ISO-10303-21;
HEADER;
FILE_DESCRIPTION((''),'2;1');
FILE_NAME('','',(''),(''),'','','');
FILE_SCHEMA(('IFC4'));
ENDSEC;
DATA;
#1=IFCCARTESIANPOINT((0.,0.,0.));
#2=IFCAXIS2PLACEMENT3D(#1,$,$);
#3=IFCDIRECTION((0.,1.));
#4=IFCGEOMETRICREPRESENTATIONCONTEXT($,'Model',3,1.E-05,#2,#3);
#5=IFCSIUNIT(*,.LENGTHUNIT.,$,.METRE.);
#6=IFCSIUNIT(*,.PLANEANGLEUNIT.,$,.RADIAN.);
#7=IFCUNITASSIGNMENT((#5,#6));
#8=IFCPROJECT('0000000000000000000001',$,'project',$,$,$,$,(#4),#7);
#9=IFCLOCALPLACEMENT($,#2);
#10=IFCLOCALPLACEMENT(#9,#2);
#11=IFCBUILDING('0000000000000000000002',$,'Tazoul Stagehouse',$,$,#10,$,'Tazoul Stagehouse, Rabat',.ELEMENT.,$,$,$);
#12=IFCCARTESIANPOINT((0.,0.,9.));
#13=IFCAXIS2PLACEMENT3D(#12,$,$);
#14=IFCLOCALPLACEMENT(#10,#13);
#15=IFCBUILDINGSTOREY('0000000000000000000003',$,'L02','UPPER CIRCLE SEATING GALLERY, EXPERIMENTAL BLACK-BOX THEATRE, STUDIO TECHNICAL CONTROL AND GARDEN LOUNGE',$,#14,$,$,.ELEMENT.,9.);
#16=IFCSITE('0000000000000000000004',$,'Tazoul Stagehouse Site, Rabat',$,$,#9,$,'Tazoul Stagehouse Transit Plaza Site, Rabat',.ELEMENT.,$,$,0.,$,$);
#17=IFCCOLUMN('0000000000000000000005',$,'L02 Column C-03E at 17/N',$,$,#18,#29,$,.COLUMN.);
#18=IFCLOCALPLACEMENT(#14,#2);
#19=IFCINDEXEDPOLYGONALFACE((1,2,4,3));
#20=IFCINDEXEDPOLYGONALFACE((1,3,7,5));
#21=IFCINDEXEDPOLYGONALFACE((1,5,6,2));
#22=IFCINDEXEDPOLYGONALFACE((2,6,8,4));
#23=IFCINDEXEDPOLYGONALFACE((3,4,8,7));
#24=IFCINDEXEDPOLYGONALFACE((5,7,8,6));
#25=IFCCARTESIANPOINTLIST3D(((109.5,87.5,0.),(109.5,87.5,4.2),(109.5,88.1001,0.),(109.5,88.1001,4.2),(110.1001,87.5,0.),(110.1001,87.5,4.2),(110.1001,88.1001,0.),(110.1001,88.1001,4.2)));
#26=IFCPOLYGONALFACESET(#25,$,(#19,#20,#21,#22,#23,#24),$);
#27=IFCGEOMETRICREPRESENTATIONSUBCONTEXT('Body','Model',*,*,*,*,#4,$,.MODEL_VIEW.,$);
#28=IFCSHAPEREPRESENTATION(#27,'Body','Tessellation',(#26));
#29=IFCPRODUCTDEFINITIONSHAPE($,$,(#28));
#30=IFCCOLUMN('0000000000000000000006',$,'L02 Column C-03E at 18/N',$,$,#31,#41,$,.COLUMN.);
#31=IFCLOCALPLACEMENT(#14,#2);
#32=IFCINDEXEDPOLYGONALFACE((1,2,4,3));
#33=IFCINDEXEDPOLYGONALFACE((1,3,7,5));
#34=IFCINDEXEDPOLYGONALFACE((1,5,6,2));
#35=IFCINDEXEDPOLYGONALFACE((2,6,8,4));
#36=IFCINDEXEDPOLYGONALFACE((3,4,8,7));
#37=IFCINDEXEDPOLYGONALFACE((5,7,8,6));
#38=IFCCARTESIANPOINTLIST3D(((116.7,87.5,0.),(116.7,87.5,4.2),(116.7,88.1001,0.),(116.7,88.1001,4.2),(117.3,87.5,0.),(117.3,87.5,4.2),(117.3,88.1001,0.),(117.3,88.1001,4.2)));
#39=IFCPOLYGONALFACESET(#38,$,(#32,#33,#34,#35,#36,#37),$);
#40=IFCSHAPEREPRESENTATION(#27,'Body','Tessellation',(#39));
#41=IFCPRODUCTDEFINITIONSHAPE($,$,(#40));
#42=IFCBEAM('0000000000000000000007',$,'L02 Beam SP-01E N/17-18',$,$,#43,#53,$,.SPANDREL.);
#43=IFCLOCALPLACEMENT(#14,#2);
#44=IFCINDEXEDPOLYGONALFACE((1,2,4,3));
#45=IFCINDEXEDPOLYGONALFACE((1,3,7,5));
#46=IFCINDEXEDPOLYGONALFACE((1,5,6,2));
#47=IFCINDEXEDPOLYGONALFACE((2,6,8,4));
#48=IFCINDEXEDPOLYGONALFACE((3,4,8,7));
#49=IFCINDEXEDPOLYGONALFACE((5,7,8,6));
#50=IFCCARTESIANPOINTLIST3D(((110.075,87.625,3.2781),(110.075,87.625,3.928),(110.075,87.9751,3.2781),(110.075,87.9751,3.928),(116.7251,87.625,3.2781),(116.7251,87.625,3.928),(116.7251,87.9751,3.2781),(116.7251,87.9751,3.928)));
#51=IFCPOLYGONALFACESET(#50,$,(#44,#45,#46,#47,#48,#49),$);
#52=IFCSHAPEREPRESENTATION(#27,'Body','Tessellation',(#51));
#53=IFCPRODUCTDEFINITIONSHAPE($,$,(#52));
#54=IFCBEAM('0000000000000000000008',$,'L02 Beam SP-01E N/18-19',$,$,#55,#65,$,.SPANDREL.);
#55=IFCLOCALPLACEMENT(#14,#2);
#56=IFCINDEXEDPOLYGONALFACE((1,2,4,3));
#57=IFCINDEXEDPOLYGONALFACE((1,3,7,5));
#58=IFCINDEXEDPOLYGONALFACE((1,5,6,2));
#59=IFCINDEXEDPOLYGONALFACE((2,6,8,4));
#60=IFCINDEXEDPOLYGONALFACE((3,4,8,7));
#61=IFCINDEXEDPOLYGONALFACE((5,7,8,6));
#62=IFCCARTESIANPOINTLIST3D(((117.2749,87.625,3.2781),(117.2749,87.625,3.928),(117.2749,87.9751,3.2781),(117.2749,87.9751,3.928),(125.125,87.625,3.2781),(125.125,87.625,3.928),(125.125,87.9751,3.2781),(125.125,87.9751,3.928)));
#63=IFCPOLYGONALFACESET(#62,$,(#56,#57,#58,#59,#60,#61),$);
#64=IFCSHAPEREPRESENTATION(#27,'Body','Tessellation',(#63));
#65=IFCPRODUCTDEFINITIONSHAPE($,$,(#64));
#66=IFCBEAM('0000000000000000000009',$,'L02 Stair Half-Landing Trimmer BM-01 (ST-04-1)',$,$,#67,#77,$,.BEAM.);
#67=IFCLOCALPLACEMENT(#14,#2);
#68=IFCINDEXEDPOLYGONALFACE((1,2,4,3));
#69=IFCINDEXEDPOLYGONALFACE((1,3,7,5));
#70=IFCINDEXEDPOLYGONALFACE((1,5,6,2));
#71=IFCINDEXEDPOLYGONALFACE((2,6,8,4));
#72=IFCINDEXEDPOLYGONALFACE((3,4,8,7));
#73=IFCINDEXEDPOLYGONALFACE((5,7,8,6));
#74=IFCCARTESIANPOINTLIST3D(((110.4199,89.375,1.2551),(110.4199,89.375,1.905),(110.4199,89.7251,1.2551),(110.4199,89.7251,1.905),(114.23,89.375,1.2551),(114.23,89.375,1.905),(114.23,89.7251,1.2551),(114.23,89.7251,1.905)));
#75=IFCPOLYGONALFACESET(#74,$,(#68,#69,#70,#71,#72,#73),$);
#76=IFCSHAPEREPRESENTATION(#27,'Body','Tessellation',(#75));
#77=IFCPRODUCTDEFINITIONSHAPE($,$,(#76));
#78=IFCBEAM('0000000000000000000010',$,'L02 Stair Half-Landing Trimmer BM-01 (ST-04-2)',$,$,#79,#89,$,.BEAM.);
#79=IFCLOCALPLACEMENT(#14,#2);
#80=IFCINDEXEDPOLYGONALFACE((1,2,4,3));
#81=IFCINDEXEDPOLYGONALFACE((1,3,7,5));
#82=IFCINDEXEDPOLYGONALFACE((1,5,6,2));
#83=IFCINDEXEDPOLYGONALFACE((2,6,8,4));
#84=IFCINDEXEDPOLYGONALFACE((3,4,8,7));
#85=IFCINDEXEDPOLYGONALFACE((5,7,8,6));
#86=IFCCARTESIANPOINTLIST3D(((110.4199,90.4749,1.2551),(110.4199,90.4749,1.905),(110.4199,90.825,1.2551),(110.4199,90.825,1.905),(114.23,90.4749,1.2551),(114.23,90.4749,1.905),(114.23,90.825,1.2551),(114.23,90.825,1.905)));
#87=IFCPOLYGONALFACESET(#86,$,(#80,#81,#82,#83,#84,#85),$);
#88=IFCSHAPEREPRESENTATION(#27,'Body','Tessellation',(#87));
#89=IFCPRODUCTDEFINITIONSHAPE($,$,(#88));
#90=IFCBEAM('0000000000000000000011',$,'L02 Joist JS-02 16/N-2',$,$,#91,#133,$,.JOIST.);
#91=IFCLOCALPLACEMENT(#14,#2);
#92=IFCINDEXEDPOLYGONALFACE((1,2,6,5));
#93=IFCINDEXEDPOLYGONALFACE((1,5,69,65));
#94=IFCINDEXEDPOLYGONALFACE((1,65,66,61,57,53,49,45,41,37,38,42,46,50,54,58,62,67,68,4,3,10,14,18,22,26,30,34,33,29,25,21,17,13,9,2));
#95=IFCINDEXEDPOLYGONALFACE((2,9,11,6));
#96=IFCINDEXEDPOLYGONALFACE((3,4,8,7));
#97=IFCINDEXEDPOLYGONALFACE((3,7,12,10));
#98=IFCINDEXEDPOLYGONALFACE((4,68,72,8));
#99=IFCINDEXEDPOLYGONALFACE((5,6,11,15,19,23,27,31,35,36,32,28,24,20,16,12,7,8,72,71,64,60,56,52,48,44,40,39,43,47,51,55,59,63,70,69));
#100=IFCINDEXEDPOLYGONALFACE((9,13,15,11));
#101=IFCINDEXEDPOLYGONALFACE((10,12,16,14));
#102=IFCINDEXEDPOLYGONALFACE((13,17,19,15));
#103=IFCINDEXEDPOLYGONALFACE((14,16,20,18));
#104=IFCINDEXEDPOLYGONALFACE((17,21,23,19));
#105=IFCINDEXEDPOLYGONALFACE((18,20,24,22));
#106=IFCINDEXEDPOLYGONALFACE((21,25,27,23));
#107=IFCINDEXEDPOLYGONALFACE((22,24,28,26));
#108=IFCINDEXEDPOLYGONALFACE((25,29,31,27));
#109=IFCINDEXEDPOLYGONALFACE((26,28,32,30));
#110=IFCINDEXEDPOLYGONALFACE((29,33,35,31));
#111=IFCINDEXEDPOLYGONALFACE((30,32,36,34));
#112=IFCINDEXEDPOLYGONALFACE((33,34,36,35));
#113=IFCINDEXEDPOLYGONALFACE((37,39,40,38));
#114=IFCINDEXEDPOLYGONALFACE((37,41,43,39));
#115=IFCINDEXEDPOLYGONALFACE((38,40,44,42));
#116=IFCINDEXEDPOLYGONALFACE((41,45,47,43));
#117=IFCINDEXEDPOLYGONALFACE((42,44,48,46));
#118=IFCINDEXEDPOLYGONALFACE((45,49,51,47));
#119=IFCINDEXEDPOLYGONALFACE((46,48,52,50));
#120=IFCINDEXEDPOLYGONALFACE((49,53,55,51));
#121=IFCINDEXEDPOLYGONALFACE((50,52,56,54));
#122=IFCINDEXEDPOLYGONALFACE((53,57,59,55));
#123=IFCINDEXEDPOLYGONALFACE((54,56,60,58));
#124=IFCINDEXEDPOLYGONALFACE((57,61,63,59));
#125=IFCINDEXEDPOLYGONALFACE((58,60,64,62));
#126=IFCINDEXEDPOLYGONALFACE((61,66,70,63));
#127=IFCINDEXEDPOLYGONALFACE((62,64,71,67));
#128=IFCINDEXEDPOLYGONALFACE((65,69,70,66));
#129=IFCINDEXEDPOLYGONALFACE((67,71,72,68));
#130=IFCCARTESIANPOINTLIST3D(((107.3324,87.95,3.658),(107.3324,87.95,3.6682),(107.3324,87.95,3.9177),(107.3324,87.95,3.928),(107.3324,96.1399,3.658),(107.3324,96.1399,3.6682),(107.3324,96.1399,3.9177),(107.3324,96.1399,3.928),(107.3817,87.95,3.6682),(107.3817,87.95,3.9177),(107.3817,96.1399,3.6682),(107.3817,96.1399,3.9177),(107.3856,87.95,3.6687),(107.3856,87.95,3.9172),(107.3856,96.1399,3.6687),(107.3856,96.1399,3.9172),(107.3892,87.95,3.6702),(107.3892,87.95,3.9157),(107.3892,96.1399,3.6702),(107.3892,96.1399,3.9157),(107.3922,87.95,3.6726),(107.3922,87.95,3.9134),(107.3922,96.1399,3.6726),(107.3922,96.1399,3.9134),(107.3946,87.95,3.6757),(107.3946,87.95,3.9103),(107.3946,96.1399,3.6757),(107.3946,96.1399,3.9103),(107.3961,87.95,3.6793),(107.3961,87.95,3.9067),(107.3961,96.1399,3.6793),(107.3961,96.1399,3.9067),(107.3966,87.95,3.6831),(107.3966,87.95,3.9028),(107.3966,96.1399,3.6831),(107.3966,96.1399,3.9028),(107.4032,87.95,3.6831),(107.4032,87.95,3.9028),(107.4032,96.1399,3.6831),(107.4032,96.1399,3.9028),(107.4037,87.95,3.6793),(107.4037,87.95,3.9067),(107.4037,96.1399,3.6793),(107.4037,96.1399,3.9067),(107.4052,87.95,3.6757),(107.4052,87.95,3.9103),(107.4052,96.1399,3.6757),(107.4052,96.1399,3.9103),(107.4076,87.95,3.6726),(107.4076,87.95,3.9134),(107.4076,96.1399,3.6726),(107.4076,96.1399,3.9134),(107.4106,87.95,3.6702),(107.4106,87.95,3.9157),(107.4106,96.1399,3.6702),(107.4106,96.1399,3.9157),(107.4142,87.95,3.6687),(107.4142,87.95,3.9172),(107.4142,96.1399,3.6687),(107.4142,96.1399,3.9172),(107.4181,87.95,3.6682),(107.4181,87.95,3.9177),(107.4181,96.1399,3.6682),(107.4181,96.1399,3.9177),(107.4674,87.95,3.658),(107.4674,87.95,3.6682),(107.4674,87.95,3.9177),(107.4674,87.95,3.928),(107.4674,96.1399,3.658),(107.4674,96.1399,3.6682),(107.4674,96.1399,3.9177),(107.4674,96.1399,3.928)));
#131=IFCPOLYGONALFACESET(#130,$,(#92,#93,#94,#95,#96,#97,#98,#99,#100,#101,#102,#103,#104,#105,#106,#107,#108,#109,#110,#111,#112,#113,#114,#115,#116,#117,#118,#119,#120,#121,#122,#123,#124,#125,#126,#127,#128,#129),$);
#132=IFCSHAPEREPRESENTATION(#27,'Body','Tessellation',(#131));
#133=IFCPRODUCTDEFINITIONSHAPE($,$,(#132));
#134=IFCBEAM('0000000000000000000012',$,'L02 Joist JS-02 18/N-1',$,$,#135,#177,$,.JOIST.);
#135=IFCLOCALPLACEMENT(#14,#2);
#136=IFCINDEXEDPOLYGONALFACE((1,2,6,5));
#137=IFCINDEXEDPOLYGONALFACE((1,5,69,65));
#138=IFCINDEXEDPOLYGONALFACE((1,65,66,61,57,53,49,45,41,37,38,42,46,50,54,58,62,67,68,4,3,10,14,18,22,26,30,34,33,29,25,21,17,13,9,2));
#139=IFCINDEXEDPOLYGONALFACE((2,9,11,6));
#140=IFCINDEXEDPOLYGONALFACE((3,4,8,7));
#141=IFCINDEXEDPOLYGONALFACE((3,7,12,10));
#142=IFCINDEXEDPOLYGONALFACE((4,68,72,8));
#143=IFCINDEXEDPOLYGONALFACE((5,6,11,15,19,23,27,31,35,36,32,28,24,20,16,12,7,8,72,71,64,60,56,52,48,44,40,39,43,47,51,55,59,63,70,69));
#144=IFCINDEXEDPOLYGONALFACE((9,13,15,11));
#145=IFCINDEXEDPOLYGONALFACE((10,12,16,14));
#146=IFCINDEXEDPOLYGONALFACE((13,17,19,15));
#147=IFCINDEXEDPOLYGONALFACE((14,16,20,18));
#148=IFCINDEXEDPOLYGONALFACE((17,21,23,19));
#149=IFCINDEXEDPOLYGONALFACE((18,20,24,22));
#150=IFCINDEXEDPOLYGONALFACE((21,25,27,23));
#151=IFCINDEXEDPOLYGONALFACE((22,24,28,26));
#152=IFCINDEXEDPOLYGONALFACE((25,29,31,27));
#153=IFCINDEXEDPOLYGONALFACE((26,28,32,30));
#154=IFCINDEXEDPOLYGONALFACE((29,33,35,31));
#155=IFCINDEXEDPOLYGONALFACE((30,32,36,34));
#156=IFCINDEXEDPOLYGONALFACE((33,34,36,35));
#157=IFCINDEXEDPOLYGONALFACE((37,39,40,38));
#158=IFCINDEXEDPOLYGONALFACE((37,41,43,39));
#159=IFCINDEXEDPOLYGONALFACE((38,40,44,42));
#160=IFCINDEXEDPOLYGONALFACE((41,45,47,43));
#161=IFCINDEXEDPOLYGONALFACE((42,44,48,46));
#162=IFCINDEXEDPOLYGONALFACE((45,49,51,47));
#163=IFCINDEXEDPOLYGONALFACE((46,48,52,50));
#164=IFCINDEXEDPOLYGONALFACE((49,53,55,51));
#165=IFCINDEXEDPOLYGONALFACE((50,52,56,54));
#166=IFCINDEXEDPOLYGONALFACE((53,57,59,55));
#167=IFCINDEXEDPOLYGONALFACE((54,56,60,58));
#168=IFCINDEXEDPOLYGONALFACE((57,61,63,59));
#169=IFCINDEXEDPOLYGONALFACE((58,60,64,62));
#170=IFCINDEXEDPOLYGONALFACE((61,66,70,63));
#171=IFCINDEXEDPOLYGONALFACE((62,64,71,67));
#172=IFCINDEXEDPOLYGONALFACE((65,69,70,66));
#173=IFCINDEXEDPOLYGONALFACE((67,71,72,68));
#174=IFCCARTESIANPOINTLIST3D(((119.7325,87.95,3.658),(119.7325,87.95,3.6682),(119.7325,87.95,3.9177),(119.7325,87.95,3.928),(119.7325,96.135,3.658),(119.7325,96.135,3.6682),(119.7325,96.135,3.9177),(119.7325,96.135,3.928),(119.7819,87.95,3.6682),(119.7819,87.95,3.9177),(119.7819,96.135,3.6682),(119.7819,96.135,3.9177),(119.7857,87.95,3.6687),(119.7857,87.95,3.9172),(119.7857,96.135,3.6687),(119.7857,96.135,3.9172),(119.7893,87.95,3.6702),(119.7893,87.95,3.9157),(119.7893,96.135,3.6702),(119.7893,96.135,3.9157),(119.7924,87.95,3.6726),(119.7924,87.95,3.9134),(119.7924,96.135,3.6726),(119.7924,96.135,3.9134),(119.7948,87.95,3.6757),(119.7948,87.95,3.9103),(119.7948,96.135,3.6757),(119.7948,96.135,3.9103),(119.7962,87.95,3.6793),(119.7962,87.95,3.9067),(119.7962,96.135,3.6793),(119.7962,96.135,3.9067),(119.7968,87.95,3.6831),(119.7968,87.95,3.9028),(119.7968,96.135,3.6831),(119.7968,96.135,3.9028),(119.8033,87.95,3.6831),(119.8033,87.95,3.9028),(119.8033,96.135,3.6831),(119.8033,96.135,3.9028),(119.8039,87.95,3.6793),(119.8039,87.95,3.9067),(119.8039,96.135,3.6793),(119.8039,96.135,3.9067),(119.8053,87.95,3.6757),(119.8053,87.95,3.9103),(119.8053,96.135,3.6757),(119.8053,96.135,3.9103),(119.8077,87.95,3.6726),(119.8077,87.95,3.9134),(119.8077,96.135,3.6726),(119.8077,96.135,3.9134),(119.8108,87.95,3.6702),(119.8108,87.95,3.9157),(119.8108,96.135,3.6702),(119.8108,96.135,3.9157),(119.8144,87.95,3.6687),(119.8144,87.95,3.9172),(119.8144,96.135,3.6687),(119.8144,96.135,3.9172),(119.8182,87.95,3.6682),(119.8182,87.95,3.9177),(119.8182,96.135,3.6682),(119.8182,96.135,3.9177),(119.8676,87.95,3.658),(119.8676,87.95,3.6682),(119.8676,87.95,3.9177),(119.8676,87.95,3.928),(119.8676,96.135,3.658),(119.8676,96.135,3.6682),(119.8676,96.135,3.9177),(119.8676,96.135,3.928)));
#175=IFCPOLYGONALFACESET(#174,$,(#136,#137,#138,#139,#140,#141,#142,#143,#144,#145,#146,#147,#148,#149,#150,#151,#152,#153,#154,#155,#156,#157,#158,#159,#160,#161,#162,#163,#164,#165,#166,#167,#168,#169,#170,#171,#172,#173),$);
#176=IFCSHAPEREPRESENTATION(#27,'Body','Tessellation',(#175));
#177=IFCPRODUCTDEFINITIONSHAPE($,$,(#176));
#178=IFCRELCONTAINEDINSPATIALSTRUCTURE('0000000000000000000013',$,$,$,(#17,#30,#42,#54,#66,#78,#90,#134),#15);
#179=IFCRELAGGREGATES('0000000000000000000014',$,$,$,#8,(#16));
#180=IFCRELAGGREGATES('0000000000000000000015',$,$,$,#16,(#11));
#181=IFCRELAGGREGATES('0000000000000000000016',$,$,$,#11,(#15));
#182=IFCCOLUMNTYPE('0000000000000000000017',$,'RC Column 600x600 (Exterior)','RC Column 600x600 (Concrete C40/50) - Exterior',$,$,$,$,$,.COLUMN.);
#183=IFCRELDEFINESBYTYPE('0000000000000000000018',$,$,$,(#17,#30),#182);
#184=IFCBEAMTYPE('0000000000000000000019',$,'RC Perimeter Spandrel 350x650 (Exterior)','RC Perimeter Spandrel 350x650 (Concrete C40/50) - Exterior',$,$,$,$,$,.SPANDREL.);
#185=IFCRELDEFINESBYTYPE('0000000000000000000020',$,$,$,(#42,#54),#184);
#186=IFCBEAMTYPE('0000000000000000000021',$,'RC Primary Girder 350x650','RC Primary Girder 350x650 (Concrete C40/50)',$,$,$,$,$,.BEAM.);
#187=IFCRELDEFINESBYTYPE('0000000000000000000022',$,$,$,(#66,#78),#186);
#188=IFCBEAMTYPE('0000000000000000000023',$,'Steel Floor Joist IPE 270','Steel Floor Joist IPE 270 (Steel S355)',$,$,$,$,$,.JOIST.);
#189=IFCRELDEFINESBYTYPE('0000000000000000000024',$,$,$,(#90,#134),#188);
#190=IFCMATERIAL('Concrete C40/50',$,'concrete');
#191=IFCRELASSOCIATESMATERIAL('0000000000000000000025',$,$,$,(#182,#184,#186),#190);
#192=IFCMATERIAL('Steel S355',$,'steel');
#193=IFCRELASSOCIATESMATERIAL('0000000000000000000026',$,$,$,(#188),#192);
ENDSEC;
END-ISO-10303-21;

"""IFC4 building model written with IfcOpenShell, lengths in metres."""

from ifc_helpers import new_model, si_unit, direction, frame, origin, origin_2d, place, context, subcontext, project, spatial, rectangle, i_section, extrude, material, material_profile, profile_set, type_object, element, save


model = new_model("IFC4")

# Units and contexts
model_context = context("Model", 3, precision=1e-05, world=origin(), true_north=direction((0.0, 1.0)))
body_context = subcontext(model_context, "Body", "Model", "MODEL_VIEW")
ifc_project = project(units=[si_unit("LENGTHUNIT", "METRE"), si_unit("PLANEANGLEUNIT", "RADIAN")], contexts=[model_context])

# Site, building, storey
site_placement = place(None, origin())
site = spatial("IfcSite", under=ifc_project, at=site_placement, Name="Tazoul Stagehouse Site, Rabat", LongName="Tazoul Stagehouse Transit Plaza Site, Rabat", CompositionType="ELEMENT", RefElevation=0.0)
building_placement = place(site_placement, origin())
building = spatial("IfcBuilding", under=site, at=building_placement, Name="Tazoul Stagehouse", LongName="Tazoul Stagehouse, Rabat", CompositionType="ELEMENT")
storey_placement = place(building_placement, frame((0.0, 0.0, 9.0)))
storey = spatial("IfcBuildingStorey", under=building, at=storey_placement, Name="L02", Description="UPPER CIRCLE SEATING GALLERY, EXPERIMENTAL BLACK-BOX THEATRE, STUDIO TECHNICAL CONTROL AND GARDEN LOUNGE", CompositionType="ELEMENT", Elevation=9.0)

# Columns
ifc_material_1 = material(Name="Concrete C40/50", Category="concrete")
ifc_material_profile_1 = material_profile(ifc_material_1, rectangle(XDim=0.6001, YDim=0.6001, at=origin_2d()), Name="RC 600x600")
ifc_profile_set_1 = profile_set([ifc_material_profile_1], Name="Concrete C40/50")
column_type = type_object("IfcColumnType", Name="RC Column 600x600 (Exterior)", Description="RC Column 600x600 (Concrete C40/50) - Exterior", PredefinedType="COLUMN", material=ifc_profile_set_1)
for number, where, z_axis, x_axis, name in (
    (1, (109.8, 87.8, 0.0), (0.0, 0.0, 1.0), (1.0, 0.0, 0.0), "L02 Column C-03E at 17/N"),
    (2, (117.0, 87.8, 0.0), (0.0, 0.0, 1.0), (1.0, 0.0, 0.0), "L02 Column C-03E at 18/N"),
):
    element("IfcColumn", number, at=place(storey_placement, frame(where, z_axis=z_axis, x_axis=x_axis)), inside=storey, type_object=column_type, Name=name, PredefinedType="COLUMN", context=body_context, shape_type="SweptSolid", body=[
        extrude(rectangle(XDim=0.6001, YDim=0.6001, at=origin_2d()), origin(), (0.0, 0.0, 1.0), 4.2),
    ])

# Beams
ifc_material_profile_2 = material_profile(ifc_material_1, rectangle(XDim=0.3501, YDim=0.6499, at=origin_2d()), Name="RC 350x650")
ifc_profile_set_2 = profile_set([ifc_material_profile_2], Name="Concrete C40/50")
beam_type_1 = type_object("IfcBeamType", Name="RC Perimeter Spandrel 350x650 (Exterior)", Description="RC Perimeter Spandrel 350x650 (Concrete C40/50) - Exterior", PredefinedType="SPANDREL", material=ifc_profile_set_2)
beam_1_placement = place(storey_placement, frame((110.075, 87.8, 3.603), z_axis=(1.0, 0.0, 0.0), x_axis=(0.0, 1.0, 0.0)))
element("IfcBeam", 3, at=beam_1_placement, inside=storey, type_object=beam_type_1, Name="L02 Beam SP-01E N/17-18", PredefinedType="SPANDREL", context=body_context, shape_type="SweptSolid", body=[
    extrude(rectangle(XDim=0.3501, YDim=0.6499, at=origin_2d()), origin(), (0.0, 0.0, 1.0), 6.6501),
])
beam_2_placement = place(storey_placement, frame((117.2749, 87.8, 3.603), z_axis=(1.0, 0.0, 0.0), x_axis=(0.0, 1.0, 0.0)))
element("IfcBeam", 4, at=beam_2_placement, inside=storey, type_object=beam_type_1, Name="L02 Beam SP-01E N/18-19", PredefinedType="SPANDREL", context=body_context, shape_type="SweptSolid", body=[
    extrude(rectangle(XDim=0.3501, YDim=0.6499, at=origin_2d()), origin(), (0.0, 0.0, 1.0), 7.8501),
])
ifc_material_profile_3 = material_profile(ifc_material_1, rectangle(XDim=0.3501, YDim=0.6499, at=origin_2d()), Name="RC 350x650")
ifc_profile_set_3 = profile_set([ifc_material_profile_3], Name="Concrete C40/50")
beam_type_2 = type_object("IfcBeamType", Name="RC Primary Girder 350x650", Description="RC Primary Girder 350x650 (Concrete C40/50)", PredefinedType="BEAM", material=ifc_profile_set_3)
for number, where, z_axis, x_axis, name in (
    (5, (110.4199, 89.55, 1.5801), (1.0, 0.0, 0.0), (0.0, 1.0, 0.0), "L02 Stair Half-Landing Trimmer BM-01 (ST-04-1)"),
    (6, (110.4199, 90.6499, 1.5801), (1.0, 0.0, 0.0), (0.0, 1.0, 0.0), "L02 Stair Half-Landing Trimmer BM-01 (ST-04-2)"),
):
    element("IfcBeam", number, at=place(storey_placement, frame(where, z_axis=z_axis, x_axis=x_axis)), inside=storey, type_object=beam_type_2, Name=name, PredefinedType="BEAM", context=body_context, shape_type="SweptSolid", body=[
        extrude(rectangle(XDim=0.3501, YDim=0.6499, at=origin_2d()), origin(), (0.0, 0.0, 1.0), 3.8101),
    ])
ifc_material_2 = material(Name="Steel S355", Category="steel")
ifc_material_profile_4 = material_profile(ifc_material_2, i_section(OverallWidth=0.135, OverallDepth=0.27, WebThickness=0.0066, FlangeThickness=0.0103, FilletRadius=0.0149, at=origin_2d()), Name="IPE 270")
ifc_profile_set_4 = profile_set([ifc_material_profile_4], Name="Steel S355")
beam_type_3 = type_object("IfcBeamType", Name="Steel Floor Joist IPE 270", Description="Steel Floor Joist IPE 270 (Steel S355)", PredefinedType="JOIST", material=ifc_profile_set_4)
beam_3_placement = place(storey_placement, frame((107.3999, 87.95, 3.793), z_axis=(0.0, 1.0, 0.0), x_axis=(-1.0, 0.0, 0.0)))
element("IfcBeam", 7, at=beam_3_placement, inside=storey, type_object=beam_type_3, Name="L02 Joist JS-02 16/N-2", PredefinedType="JOIST", context=body_context, shape_type="SweptSolid", body=[
    extrude(i_section(OverallWidth=0.135, OverallDepth=0.27, WebThickness=0.0066, FlangeThickness=0.0103, FilletRadius=0.0149, at=origin_2d()), origin(), (0.0, 0.0, 1.0), 8.1899),
])
beam_4_placement = place(storey_placement, frame((119.8, 87.95, 3.793), z_axis=(0.0, 1.0, 0.0), x_axis=(-1.0, 0.0, 0.0)))
element("IfcBeam", 8, at=beam_4_placement, inside=storey, type_object=beam_type_3, Name="L02 Joist JS-02 18/N-1", PredefinedType="JOIST", context=body_context, shape_type="SweptSolid", body=[
    extrude(i_section(OverallWidth=0.135, OverallDepth=0.27, WebThickness=0.0066, FlangeThickness=0.0103, FilletRadius=0.0149, at=origin_2d()), origin(), (0.0, 0.0, 1.0), 8.1851),
])

save(model, "model.ifc")
